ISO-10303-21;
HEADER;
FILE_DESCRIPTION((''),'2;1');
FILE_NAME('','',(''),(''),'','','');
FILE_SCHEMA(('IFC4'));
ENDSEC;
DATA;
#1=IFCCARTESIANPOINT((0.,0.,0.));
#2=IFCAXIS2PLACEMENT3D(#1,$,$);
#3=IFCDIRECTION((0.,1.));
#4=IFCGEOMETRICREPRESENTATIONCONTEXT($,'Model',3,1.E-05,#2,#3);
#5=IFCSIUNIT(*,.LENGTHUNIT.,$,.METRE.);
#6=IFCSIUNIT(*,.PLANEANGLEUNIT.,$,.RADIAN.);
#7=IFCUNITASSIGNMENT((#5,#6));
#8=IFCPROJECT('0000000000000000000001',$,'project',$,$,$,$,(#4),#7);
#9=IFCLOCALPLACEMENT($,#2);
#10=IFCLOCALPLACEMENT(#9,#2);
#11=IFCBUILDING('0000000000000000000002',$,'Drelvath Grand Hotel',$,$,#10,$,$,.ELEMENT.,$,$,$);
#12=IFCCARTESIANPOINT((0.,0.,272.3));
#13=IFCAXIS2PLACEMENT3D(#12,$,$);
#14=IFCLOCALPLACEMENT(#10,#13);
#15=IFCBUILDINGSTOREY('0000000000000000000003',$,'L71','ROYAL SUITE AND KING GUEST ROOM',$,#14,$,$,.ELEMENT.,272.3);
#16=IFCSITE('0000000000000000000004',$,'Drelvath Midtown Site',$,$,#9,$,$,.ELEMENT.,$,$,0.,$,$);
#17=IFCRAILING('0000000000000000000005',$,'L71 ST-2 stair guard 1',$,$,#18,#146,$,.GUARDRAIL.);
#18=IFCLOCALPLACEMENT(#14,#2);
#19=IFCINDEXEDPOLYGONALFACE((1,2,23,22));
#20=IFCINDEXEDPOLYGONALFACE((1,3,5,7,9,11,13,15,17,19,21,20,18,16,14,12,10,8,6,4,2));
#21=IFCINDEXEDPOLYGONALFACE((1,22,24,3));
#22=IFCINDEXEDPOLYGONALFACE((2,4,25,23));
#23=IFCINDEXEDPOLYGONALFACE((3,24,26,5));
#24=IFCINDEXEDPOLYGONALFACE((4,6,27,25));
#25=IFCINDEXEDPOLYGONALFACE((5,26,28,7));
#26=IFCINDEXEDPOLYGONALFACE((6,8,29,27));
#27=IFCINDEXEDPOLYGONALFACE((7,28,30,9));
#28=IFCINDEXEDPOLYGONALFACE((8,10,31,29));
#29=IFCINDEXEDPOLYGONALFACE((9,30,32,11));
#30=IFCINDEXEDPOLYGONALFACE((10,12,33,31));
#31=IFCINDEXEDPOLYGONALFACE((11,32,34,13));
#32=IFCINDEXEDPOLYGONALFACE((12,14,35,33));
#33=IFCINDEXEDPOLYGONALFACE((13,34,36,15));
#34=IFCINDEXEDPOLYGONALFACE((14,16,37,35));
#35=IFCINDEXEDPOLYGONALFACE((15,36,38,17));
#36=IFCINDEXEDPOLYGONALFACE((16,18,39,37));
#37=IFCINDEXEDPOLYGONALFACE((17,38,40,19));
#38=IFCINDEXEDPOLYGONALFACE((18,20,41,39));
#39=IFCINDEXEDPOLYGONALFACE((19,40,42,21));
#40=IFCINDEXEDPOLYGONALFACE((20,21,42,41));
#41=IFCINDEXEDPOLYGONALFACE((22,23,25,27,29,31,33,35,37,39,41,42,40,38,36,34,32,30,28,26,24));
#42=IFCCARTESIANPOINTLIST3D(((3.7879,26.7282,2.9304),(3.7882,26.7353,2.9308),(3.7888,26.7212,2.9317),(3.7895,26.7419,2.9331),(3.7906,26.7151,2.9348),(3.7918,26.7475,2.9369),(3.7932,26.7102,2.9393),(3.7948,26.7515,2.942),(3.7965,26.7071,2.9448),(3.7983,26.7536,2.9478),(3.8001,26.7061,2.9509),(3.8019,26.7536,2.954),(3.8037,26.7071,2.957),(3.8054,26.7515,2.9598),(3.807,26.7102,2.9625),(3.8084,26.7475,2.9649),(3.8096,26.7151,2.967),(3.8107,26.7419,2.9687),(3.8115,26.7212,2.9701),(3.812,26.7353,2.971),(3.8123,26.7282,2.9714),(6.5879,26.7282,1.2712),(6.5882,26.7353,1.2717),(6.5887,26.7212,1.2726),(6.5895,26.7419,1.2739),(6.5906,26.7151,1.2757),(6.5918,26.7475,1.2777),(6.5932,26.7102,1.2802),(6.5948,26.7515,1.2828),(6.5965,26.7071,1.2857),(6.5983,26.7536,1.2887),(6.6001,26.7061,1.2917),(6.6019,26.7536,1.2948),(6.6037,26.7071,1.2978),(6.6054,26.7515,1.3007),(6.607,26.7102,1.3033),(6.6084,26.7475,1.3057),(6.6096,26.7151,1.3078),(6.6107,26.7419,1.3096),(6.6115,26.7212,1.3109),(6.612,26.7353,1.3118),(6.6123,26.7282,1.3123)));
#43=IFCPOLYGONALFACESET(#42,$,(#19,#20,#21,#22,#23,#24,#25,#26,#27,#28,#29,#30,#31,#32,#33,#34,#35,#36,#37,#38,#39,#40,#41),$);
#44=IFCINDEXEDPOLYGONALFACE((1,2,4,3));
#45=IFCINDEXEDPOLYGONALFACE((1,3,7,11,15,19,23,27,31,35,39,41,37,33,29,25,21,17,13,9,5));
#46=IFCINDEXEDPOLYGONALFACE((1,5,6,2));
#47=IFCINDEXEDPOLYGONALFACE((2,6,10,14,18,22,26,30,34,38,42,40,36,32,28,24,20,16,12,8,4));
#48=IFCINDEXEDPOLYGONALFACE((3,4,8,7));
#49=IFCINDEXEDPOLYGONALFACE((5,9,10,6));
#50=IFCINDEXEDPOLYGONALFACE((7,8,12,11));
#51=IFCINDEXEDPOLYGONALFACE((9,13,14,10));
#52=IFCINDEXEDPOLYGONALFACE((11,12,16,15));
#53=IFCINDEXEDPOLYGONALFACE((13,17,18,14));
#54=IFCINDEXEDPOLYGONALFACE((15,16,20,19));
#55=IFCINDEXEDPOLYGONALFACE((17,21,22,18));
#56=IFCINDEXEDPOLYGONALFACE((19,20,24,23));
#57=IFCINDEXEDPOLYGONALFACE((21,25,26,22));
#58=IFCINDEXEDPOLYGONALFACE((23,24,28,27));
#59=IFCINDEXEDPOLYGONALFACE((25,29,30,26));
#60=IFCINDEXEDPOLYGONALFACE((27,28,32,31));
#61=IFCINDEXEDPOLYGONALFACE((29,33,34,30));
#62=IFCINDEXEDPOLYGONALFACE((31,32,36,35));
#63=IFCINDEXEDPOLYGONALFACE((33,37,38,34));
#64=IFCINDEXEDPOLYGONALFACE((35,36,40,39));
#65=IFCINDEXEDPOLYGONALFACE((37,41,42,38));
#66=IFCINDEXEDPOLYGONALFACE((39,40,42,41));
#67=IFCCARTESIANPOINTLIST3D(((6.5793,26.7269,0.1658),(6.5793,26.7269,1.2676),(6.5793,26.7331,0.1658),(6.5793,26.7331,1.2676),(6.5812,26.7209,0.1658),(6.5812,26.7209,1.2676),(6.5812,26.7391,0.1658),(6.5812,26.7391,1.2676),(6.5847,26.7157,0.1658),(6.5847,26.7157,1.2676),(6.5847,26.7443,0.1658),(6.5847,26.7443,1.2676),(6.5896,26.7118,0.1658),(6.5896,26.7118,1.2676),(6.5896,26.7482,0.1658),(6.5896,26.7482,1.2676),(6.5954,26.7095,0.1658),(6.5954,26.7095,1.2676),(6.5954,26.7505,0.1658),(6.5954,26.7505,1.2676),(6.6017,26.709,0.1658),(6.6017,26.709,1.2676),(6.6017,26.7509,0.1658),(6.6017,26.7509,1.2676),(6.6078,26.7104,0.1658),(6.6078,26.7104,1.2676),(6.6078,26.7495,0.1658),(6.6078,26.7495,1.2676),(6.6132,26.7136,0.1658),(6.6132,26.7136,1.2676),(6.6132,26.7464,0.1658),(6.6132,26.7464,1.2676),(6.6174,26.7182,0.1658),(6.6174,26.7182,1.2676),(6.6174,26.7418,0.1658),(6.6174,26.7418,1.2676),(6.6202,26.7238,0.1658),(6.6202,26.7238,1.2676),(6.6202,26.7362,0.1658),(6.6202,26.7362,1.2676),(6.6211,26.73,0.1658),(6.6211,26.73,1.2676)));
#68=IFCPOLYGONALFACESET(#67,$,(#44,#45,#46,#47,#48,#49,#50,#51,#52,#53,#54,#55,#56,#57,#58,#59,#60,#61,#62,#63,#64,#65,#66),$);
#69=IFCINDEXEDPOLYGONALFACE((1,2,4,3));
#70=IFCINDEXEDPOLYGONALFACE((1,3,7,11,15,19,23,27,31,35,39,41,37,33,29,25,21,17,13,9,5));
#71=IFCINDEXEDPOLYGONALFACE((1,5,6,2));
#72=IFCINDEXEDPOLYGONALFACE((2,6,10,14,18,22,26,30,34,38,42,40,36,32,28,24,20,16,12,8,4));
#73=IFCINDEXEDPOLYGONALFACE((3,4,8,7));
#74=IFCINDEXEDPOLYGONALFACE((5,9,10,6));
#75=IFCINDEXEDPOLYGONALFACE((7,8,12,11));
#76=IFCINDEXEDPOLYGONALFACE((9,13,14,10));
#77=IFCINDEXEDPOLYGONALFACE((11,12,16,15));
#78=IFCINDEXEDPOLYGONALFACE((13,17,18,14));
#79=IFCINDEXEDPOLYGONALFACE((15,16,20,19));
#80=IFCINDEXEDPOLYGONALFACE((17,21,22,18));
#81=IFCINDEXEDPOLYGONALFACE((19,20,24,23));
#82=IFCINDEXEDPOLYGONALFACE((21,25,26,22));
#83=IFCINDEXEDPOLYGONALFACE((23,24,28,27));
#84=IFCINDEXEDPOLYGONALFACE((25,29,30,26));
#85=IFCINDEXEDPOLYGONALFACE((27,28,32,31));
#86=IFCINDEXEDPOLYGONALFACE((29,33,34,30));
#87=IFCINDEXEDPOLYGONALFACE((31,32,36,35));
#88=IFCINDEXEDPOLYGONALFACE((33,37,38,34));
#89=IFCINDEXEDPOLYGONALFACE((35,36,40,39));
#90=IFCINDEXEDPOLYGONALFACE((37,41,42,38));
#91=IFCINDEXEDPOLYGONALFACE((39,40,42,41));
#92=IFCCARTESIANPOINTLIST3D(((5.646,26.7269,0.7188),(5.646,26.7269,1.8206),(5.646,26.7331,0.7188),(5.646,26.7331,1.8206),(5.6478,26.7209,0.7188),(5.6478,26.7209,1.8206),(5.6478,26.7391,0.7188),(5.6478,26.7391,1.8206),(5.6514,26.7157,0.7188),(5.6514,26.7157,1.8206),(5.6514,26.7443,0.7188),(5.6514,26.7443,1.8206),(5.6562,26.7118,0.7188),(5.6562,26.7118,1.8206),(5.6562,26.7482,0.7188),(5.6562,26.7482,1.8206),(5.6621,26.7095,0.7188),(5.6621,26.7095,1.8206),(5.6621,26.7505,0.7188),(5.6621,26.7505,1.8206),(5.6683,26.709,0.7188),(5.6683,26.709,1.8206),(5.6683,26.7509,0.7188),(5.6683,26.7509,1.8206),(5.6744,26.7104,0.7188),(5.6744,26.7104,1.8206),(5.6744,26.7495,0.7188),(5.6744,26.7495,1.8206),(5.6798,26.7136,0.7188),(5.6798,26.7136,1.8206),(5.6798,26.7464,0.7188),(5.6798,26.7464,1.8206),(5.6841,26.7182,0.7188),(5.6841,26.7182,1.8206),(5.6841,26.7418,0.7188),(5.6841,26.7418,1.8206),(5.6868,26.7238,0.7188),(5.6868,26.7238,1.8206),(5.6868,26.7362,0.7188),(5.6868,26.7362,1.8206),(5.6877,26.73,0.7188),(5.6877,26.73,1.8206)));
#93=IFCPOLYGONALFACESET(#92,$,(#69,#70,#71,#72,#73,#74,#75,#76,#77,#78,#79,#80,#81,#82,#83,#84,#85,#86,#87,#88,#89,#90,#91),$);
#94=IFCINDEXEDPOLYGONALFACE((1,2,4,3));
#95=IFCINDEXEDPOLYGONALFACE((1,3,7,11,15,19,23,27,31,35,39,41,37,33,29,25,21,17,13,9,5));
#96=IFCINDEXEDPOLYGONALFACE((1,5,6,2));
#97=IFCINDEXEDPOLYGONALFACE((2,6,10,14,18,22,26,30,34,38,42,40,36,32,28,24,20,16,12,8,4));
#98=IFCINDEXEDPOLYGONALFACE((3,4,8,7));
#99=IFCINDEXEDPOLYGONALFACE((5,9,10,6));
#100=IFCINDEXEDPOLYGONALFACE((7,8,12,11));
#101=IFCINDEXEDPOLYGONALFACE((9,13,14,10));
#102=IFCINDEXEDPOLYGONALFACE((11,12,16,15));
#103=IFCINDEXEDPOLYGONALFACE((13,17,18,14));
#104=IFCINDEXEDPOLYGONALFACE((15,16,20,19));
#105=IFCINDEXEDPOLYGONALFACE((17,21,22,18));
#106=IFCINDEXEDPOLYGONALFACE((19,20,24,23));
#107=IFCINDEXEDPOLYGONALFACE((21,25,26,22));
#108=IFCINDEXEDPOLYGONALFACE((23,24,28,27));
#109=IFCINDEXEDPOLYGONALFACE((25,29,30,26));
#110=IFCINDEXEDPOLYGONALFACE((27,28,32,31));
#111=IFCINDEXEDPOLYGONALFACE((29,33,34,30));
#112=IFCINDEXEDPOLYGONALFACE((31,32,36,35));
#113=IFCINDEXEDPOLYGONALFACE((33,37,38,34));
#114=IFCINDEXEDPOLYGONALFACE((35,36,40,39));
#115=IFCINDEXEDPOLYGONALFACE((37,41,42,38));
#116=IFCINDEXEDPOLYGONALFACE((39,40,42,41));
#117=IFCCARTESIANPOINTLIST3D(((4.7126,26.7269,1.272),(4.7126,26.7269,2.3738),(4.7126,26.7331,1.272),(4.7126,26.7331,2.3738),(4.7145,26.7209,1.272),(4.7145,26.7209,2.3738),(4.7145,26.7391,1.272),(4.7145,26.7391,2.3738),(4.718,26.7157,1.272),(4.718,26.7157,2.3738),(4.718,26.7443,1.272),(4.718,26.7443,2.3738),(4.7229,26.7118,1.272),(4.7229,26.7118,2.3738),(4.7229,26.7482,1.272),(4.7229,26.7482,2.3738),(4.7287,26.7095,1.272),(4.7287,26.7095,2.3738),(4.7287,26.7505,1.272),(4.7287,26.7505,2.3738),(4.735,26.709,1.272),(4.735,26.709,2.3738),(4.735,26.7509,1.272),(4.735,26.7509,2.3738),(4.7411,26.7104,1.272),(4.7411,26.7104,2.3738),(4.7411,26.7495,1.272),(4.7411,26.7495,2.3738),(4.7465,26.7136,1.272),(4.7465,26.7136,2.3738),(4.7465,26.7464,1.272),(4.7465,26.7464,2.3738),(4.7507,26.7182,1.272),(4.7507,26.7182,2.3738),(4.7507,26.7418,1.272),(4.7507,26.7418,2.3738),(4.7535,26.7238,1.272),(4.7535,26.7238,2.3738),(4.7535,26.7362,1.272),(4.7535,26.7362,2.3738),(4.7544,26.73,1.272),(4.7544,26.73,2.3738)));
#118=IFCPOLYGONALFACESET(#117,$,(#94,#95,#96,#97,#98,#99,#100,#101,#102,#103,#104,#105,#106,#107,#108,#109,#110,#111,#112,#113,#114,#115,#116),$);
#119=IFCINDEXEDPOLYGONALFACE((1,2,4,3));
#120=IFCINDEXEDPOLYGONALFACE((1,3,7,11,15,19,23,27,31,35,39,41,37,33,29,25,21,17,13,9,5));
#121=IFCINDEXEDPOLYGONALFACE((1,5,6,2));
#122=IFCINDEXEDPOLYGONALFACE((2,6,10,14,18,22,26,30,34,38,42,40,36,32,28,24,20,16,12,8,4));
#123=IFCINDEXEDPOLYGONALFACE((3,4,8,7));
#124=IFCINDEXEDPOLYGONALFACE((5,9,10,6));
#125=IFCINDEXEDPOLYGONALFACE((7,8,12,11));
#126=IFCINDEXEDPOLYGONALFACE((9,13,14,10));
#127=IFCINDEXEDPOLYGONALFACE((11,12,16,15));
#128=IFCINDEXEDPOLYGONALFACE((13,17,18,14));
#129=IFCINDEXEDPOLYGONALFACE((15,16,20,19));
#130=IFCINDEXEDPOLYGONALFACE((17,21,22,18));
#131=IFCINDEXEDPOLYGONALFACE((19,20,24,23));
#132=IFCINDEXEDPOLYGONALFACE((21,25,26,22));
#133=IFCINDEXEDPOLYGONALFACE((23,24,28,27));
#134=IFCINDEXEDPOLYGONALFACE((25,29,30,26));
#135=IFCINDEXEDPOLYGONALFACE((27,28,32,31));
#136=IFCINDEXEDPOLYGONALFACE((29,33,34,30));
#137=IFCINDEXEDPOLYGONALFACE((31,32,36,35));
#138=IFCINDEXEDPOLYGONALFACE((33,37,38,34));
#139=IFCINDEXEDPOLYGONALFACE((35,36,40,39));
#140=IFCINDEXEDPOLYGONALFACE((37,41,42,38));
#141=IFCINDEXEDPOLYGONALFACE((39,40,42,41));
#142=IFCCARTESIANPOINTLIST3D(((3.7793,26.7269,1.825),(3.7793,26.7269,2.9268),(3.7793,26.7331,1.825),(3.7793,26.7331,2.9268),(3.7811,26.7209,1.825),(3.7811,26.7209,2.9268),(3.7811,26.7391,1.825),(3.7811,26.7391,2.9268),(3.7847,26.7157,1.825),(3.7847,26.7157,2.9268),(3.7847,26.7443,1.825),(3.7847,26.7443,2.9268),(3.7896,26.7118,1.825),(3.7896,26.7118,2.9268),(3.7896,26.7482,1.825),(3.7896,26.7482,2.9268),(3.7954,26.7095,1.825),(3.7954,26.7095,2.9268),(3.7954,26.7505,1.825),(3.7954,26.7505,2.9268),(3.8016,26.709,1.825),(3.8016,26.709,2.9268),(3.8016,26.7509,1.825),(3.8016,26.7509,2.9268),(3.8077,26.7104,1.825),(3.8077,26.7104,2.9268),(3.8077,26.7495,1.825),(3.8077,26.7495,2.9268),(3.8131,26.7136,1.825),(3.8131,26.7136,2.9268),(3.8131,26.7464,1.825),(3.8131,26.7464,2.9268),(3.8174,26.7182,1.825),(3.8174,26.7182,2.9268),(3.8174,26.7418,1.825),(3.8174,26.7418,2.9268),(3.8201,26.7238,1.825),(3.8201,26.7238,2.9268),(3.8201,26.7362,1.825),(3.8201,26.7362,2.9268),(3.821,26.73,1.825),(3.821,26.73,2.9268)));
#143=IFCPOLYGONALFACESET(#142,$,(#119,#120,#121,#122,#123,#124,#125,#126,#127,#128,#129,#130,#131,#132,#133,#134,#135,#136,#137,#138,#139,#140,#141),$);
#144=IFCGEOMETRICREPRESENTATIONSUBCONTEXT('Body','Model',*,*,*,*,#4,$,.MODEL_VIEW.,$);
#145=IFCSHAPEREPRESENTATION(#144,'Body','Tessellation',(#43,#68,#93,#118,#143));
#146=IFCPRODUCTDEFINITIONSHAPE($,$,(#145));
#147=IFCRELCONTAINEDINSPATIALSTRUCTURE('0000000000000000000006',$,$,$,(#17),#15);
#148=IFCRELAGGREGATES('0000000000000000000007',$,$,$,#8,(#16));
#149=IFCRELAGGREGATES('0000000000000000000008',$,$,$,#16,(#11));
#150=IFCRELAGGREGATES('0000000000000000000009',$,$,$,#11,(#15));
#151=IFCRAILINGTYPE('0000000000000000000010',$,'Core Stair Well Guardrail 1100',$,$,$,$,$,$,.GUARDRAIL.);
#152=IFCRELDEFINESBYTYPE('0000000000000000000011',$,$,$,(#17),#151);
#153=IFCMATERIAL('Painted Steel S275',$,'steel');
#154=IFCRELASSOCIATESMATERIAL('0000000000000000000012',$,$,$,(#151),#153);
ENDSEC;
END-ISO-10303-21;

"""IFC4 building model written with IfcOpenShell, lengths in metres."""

from ifc_helpers import new_model, si_unit, direction, frame, origin, origin_2d, place, context, subcontext, project, spatial, circle, extrude, material, type_object, element, save


model = new_model("IFC4")

# Units and contexts
model_context = context("Model", 3, precision=1e-05, world=origin(), true_north=direction((0.0, 1.0)))
body_context = subcontext(model_context, "Body", "Model", "MODEL_VIEW")
ifc_project = project(units=[si_unit("LENGTHUNIT", "METRE"), si_unit("PLANEANGLEUNIT", "RADIAN")], contexts=[model_context])

# Site, building, storey
site_placement = place(None, origin())
site = spatial("IfcSite", under=ifc_project, at=site_placement, Name="Drelvath Midtown Site", CompositionType="ELEMENT", RefElevation=0.0)
building_placement = place(site_placement, origin())
building = spatial("IfcBuilding", under=site, at=building_placement, Name="Drelvath Grand Hotel", CompositionType="ELEMENT")
storey_placement = place(building_placement, frame((0.0, 0.0, 272.3)))
storey = spatial("IfcBuildingStorey", under=building, at=storey_placement, Name="L71", Description="ROYAL SUITE AND KING GUEST ROOM", CompositionType="ELEMENT", Elevation=272.3)

# Railing
ifc_material_1 = material(Name="Painted Steel S275", Category="steel")
railing_type_1 = type_object("IfcRailingType", Name="Core Stair Well Guardrail 1100", PredefinedType="GUARDRAIL", material=ifc_material_1)
railing_1_placement = place(storey_placement, frame((6.6001, 26.73, 0.1658)))
element("IfcRailing", 1, at=railing_1_placement, inside=storey, type_object=railing_type_1, Name="L71 ST-2 stair guard 1", PredefinedType="GUARDRAIL", context=body_context, shape_type="SweptSolid", body=[
    extrude(circle(Radius=0.0239, at=origin_2d()), frame((0.0, 0.0, 1.126), z_axis=(-0.860306, 0.0, 0.509778), x_axis=(0.0, -1.0, 0.0)), (0.0, 0.0, 1.0), 3.2546),
    extrude(circle(Radius=0.021, at=origin_2d()), origin(), (0.0, 0.0, 1.0), 1.1018),
    extrude(circle(Radius=0.021, at=origin_2d()), frame((-0.9333, 0.0, 0.553)), (0.0, 0.0, 1.0), 1.1018),
    extrude(circle(Radius=0.021, at=origin_2d()), frame((-1.8667, 0.0, 1.1062)), (0.0, 0.0, 1.0), 1.1018),
    extrude(circle(Radius=0.021, at=origin_2d()), frame((-2.8, 0.0, 1.6592)), (0.0, 0.0, 1.0), 1.1018),
])

save(model, "model.ifc")
